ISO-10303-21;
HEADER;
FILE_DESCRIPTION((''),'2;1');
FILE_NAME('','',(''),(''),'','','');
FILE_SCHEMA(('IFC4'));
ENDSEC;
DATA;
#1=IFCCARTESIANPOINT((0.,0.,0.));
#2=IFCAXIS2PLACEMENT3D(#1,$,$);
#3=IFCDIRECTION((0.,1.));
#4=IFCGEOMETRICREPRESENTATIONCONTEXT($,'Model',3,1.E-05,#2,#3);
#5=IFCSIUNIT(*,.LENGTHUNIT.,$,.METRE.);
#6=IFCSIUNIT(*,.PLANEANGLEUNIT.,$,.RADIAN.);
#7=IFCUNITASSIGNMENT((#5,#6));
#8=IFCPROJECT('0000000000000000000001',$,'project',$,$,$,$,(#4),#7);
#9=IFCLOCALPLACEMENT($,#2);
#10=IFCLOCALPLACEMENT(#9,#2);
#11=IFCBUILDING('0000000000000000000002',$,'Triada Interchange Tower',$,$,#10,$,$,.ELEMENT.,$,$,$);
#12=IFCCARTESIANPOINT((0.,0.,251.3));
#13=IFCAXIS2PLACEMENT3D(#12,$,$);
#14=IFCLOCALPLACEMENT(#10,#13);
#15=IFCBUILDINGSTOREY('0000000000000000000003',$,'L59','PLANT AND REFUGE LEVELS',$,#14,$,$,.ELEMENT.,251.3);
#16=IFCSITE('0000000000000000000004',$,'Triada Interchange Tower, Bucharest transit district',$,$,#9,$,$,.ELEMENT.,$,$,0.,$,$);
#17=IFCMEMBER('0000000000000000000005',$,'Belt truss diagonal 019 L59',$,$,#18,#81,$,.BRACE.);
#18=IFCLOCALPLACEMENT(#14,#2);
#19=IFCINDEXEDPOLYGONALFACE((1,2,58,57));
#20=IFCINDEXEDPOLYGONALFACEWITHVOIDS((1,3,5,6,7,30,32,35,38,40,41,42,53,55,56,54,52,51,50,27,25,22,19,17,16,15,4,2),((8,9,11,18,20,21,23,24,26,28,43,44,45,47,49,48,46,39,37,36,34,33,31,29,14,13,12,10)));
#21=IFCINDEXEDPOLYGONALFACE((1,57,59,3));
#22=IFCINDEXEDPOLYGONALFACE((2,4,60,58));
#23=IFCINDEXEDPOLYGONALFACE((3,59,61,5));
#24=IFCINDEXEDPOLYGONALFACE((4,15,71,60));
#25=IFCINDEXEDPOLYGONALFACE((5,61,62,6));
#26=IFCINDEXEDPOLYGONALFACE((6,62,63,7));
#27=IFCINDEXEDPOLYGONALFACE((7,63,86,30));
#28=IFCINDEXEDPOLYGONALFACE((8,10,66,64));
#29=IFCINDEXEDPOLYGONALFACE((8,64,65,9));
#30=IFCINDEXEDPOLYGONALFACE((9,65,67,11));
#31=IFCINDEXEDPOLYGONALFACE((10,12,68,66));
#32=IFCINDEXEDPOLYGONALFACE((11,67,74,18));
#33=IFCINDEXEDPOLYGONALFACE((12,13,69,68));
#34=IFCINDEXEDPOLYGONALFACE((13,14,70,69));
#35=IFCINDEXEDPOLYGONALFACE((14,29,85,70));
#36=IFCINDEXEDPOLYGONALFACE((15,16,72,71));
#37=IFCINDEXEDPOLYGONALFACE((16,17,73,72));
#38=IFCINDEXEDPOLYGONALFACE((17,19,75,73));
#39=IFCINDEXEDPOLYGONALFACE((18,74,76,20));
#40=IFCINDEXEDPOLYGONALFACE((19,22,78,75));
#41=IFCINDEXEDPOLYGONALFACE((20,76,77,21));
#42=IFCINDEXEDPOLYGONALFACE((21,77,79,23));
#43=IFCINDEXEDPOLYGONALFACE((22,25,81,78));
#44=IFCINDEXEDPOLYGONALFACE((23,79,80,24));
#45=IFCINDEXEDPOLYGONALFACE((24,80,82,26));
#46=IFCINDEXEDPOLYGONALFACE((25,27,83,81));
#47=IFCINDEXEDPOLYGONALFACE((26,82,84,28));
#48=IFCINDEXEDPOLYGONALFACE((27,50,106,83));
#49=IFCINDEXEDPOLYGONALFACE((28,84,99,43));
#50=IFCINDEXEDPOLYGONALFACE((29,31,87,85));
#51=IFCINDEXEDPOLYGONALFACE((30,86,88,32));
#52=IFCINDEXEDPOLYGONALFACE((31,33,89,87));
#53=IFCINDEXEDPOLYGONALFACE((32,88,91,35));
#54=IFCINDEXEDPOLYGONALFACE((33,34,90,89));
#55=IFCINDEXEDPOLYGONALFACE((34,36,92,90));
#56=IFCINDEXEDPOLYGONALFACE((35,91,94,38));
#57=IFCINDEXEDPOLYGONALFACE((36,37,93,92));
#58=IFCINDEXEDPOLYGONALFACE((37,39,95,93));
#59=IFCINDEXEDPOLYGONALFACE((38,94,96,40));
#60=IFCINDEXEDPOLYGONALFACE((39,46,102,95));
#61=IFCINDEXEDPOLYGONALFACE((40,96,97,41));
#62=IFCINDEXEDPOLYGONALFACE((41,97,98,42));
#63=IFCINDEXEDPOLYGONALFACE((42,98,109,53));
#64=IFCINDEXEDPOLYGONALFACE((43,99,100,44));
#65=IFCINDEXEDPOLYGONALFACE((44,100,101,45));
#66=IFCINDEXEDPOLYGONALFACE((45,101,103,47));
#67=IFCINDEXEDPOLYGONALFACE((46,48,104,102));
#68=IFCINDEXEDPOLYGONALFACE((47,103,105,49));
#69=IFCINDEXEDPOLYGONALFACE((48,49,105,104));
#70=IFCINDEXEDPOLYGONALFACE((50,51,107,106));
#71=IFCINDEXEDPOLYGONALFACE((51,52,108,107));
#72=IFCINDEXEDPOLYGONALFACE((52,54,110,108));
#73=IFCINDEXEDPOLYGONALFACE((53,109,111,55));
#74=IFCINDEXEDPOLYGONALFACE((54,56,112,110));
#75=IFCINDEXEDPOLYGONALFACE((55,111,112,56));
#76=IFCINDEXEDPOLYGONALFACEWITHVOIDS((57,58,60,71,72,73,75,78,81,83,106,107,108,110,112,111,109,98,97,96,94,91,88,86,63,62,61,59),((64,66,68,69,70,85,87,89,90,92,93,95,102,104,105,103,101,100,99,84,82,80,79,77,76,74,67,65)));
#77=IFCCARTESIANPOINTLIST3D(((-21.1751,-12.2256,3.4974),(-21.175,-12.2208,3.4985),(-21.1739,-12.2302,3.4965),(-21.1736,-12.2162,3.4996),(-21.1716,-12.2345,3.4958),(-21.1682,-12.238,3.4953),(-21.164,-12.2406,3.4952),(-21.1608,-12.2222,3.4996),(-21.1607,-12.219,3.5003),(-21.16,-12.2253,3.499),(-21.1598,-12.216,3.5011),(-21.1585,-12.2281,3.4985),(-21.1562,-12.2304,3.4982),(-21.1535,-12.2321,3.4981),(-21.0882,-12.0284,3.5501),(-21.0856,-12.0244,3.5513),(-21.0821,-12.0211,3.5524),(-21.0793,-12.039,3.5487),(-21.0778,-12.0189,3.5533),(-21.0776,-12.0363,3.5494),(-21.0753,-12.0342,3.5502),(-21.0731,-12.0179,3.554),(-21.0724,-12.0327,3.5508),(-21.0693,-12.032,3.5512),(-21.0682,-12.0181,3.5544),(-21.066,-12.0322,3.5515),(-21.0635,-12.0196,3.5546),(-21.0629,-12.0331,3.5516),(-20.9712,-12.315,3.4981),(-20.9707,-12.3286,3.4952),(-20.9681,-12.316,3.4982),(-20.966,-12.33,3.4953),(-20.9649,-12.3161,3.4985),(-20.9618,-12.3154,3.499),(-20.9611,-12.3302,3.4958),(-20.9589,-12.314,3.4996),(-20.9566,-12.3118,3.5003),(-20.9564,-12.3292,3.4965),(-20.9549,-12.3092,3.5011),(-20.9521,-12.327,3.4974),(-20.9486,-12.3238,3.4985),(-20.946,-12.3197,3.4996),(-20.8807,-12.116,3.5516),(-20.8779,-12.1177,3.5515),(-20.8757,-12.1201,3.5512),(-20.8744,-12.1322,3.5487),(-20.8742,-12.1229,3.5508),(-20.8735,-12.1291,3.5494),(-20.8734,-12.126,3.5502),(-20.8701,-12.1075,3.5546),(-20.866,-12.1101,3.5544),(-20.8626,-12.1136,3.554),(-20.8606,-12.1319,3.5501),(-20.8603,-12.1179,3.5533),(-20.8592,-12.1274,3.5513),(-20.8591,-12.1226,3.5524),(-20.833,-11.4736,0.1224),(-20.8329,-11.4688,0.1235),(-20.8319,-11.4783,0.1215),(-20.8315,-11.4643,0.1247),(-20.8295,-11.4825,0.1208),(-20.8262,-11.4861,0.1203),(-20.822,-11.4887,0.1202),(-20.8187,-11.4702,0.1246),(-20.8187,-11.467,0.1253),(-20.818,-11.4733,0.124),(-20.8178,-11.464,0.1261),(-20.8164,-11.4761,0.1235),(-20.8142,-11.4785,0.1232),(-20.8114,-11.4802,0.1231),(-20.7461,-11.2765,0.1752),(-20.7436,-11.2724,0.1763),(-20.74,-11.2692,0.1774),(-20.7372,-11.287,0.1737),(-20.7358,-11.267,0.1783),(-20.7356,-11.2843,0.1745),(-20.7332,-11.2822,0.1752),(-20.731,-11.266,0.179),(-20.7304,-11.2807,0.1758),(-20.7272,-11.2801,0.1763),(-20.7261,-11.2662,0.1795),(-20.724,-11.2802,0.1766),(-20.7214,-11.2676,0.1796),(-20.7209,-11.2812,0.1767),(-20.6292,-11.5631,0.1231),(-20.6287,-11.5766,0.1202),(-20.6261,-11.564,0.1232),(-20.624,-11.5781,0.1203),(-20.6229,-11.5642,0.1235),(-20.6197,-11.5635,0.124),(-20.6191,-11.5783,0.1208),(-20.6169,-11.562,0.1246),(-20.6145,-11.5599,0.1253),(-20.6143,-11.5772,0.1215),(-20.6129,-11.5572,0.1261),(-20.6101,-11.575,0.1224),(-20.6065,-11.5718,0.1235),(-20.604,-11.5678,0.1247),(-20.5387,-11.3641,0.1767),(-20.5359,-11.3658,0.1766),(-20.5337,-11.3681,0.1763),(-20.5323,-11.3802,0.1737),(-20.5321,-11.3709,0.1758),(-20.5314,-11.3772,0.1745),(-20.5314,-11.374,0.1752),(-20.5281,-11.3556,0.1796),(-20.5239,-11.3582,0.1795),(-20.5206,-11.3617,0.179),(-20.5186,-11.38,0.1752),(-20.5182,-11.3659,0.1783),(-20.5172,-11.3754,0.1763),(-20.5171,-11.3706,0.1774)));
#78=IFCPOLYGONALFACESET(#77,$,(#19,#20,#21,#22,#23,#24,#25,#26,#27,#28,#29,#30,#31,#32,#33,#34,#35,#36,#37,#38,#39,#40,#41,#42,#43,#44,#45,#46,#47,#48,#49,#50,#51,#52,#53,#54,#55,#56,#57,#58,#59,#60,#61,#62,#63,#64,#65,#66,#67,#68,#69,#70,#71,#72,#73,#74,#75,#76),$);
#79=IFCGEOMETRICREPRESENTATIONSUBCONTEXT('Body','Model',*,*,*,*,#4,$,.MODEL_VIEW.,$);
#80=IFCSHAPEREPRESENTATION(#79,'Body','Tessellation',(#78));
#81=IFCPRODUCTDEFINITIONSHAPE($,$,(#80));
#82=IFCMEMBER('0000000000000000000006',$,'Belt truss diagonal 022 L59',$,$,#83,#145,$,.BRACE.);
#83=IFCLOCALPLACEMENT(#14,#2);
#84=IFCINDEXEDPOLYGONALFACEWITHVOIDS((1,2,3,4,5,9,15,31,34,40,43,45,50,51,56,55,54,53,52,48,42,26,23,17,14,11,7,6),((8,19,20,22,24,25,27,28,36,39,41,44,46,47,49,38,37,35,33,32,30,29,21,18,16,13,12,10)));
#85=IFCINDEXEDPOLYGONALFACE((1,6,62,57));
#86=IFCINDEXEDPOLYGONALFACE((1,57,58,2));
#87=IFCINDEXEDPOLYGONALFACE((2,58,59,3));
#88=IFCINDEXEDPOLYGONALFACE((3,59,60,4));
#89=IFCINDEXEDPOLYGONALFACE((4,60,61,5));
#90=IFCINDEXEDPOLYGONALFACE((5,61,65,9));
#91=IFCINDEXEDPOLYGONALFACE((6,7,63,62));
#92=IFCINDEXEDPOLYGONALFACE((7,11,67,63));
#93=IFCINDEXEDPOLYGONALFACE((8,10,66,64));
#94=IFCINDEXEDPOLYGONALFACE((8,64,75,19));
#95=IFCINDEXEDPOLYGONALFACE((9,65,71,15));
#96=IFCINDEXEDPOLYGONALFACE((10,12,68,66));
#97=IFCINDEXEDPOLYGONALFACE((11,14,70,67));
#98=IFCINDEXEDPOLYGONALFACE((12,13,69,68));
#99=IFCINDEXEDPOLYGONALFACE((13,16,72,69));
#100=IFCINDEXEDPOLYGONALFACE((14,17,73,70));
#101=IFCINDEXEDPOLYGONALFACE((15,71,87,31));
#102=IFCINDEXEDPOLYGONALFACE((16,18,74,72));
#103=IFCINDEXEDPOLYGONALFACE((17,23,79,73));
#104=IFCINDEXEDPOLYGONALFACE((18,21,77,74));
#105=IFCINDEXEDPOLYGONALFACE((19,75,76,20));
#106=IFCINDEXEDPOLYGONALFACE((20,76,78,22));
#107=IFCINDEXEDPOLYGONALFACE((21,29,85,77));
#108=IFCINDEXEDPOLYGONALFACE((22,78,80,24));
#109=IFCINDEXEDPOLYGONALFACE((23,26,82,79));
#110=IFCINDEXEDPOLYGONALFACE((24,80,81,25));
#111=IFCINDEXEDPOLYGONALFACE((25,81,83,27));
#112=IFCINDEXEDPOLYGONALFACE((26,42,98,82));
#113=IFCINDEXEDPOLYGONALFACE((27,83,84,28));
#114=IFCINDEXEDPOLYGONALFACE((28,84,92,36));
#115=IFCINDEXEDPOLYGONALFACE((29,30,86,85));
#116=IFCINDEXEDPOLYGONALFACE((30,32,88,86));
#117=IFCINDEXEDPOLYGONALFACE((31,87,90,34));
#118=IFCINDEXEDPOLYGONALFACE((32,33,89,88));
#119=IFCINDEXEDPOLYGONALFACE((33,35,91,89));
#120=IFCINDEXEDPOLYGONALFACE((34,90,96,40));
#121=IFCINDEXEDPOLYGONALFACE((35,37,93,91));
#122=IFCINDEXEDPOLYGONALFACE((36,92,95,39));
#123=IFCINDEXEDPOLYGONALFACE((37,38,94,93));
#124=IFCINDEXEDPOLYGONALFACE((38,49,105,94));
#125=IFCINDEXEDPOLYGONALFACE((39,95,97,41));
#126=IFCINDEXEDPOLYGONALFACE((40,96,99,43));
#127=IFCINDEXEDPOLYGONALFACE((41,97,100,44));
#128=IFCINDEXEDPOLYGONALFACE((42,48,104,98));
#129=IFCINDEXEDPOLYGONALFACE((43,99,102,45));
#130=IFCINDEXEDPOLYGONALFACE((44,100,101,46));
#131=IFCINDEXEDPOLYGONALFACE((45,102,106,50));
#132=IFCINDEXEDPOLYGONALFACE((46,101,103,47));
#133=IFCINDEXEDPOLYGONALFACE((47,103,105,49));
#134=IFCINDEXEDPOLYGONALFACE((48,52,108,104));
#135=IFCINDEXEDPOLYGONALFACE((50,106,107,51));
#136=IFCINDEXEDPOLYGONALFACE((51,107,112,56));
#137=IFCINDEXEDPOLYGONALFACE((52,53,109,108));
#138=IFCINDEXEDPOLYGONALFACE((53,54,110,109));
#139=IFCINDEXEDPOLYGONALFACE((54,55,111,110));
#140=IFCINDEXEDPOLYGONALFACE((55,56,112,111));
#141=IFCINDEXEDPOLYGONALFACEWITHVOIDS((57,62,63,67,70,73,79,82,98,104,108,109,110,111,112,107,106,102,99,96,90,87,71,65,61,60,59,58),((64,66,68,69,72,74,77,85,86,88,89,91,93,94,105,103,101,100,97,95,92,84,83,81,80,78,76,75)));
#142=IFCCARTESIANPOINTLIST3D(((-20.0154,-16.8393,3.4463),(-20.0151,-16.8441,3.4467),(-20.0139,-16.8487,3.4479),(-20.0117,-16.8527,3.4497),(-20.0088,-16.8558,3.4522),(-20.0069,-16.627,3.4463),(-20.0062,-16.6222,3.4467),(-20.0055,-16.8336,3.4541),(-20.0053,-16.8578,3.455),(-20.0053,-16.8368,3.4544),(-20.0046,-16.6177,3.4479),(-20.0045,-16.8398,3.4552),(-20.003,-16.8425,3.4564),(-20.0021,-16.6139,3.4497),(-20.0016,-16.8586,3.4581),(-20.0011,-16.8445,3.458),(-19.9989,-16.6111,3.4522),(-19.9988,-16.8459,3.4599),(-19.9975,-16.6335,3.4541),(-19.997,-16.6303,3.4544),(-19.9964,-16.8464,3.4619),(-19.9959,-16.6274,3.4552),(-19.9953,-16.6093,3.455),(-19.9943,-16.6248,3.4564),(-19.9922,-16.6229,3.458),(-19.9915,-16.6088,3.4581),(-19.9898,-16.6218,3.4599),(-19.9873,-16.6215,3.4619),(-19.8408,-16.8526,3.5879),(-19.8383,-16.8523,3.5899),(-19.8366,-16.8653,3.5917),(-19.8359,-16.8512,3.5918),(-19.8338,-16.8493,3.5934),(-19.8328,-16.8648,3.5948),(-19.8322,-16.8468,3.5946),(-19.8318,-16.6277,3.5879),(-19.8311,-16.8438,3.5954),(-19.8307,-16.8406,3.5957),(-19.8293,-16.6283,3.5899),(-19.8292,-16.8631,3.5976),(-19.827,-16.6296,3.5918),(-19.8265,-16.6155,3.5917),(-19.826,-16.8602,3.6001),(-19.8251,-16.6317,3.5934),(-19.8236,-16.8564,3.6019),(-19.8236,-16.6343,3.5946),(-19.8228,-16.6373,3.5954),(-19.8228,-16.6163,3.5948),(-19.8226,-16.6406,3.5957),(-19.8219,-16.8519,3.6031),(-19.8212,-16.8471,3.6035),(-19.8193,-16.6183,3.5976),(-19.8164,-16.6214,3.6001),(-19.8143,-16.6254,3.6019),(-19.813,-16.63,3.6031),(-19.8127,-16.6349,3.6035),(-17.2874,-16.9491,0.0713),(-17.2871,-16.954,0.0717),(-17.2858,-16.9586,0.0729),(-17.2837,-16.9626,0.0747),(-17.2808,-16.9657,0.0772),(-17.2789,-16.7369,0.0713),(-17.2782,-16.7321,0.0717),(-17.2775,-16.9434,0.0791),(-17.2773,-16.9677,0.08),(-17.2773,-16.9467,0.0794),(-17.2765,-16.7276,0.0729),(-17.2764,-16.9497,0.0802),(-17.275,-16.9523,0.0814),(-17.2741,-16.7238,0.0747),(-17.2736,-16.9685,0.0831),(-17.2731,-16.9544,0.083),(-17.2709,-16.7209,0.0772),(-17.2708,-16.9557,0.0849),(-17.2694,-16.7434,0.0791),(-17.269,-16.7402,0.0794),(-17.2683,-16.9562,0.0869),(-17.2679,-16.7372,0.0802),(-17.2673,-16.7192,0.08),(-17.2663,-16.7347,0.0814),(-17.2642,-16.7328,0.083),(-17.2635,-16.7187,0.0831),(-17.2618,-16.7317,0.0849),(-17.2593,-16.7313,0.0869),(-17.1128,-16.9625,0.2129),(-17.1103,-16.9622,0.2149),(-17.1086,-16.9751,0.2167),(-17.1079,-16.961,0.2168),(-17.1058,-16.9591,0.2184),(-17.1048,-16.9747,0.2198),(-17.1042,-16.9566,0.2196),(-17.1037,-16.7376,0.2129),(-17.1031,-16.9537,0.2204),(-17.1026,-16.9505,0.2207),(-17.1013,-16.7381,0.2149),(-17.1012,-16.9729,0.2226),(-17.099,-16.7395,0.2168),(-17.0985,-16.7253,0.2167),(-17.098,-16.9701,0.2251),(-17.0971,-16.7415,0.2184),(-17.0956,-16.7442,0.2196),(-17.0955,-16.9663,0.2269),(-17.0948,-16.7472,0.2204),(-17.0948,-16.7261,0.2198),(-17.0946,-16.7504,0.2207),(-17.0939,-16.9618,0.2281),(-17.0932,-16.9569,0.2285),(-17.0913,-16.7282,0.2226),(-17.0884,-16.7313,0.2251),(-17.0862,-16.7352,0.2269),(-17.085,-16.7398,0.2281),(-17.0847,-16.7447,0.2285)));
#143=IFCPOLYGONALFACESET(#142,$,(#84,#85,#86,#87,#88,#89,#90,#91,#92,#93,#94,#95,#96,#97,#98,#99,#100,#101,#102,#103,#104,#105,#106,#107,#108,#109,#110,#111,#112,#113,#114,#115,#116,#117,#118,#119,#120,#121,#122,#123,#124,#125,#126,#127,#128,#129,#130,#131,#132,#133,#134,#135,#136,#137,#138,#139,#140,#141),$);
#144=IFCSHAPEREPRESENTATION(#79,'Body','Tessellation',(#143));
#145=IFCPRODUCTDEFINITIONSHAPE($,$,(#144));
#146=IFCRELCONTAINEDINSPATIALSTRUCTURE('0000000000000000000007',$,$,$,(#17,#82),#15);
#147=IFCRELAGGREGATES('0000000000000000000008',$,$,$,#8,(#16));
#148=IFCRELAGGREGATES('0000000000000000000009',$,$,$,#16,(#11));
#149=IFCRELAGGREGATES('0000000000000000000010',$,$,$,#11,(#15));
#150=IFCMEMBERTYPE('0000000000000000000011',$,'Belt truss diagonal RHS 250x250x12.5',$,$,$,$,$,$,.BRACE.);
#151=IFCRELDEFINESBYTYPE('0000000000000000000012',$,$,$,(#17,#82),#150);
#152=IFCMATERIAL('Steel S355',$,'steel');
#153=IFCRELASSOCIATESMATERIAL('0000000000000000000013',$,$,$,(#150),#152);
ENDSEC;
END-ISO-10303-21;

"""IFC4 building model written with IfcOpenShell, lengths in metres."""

from ifc_helpers import new_model, si_unit, direction, frame, origin, origin_2d, place, context, subcontext, project, spatial, hollow_rectangle, extrude, material, material_profile, profile_set, type_object, element, save


model = new_model("IFC4")

# Units and contexts
model_context = context("Model", 3, precision=1e-05, world=origin(), true_north=direction((0.0, 1.0)))
body_context = subcontext(model_context, "Body", "Model", "MODEL_VIEW")
ifc_project = project(units=[si_unit("LENGTHUNIT", "METRE"), si_unit("PLANEANGLEUNIT", "RADIAN")], contexts=[model_context])

# Site, building, storey
site_placement = place(None, origin())
site = spatial("IfcSite", under=ifc_project, at=site_placement, Name="Triada Interchange Tower, Bucharest transit district", CompositionType="ELEMENT", RefElevation=0.0)
building_placement = place(site_placement, origin())
building = spatial("IfcBuilding", under=site, at=building_placement, Name="Triada Interchange Tower", CompositionType="ELEMENT")
storey_placement = place(building_placement, frame((0.0, 0.0, 251.3)))
storey = spatial("IfcBuildingStorey", under=building, at=storey_placement, Name="L59", Description="PLANT AND REFUGE LEVELS", CompositionType="ELEMENT", Elevation=251.3)

# Members
ifc_material_1 = material(Name="Steel S355", Category="steel")
ifc_material_profile_1 = material_profile(ifc_material_1, hollow_rectangle(XDim=0.25, YDim=0.25, WallThickness=0.0125, InnerFilletRadius=0.0125, OuterFilletRadius=0.0188, at=origin_2d()), Name="RHS 250x250x12.5")
ifc_profile_set_1 = profile_set([ifc_material_profile_1], Name="Steel S355")
member_type_1 = type_object("IfcMemberType", Name="Belt truss diagonal RHS 250x250x12.5", PredefinedType="BRACE", material=ifc_profile_set_1)
member_1_placement = place(storey_placement, frame((-20.675, -11.4221, 0.1499), z_axis=(-0.09844, -0.216412, 0.971327), x_axis=(0.910255, -0.414048, 0.0)))
element("IfcMember", 1, at=member_1_placement, inside=storey, type_object=member_type_1, Name="Belt truss diagonal 019 L59", PredefinedType="BRACE", context=body_context, shape_type="SweptSolid", body=[
    extrude(hollow_rectangle(XDim=0.25, YDim=0.25, WallThickness=0.0125, InnerFilletRadius=0.0125, OuterFilletRadius=0.0188, at=origin_2d()), origin(), (0.0, 0.0, 1.0), 3.4746),
])
member_2_placement = place(storey_placement, frame((-17.186, -16.8469, 0.1499), z_axis=(-0.628424, 0.025308, 0.777459), x_axis=(-0.040239, -0.99919, 0.0)))
element("IfcMember", 2, at=member_2_placement, inside=storey, type_object=member_type_1, Name="Belt truss diagonal 022 L59", PredefinedType="BRACE", context=body_context, shape_type="SweptSolid", body=[
    extrude(hollow_rectangle(XDim=0.25, YDim=0.25, WallThickness=0.0125, InnerFilletRadius=0.0125, OuterFilletRadius=0.0188, at=origin_2d()), origin(), (0.0, 0.0, 1.0), 4.3411),
])

save(model, "model.ifc")
